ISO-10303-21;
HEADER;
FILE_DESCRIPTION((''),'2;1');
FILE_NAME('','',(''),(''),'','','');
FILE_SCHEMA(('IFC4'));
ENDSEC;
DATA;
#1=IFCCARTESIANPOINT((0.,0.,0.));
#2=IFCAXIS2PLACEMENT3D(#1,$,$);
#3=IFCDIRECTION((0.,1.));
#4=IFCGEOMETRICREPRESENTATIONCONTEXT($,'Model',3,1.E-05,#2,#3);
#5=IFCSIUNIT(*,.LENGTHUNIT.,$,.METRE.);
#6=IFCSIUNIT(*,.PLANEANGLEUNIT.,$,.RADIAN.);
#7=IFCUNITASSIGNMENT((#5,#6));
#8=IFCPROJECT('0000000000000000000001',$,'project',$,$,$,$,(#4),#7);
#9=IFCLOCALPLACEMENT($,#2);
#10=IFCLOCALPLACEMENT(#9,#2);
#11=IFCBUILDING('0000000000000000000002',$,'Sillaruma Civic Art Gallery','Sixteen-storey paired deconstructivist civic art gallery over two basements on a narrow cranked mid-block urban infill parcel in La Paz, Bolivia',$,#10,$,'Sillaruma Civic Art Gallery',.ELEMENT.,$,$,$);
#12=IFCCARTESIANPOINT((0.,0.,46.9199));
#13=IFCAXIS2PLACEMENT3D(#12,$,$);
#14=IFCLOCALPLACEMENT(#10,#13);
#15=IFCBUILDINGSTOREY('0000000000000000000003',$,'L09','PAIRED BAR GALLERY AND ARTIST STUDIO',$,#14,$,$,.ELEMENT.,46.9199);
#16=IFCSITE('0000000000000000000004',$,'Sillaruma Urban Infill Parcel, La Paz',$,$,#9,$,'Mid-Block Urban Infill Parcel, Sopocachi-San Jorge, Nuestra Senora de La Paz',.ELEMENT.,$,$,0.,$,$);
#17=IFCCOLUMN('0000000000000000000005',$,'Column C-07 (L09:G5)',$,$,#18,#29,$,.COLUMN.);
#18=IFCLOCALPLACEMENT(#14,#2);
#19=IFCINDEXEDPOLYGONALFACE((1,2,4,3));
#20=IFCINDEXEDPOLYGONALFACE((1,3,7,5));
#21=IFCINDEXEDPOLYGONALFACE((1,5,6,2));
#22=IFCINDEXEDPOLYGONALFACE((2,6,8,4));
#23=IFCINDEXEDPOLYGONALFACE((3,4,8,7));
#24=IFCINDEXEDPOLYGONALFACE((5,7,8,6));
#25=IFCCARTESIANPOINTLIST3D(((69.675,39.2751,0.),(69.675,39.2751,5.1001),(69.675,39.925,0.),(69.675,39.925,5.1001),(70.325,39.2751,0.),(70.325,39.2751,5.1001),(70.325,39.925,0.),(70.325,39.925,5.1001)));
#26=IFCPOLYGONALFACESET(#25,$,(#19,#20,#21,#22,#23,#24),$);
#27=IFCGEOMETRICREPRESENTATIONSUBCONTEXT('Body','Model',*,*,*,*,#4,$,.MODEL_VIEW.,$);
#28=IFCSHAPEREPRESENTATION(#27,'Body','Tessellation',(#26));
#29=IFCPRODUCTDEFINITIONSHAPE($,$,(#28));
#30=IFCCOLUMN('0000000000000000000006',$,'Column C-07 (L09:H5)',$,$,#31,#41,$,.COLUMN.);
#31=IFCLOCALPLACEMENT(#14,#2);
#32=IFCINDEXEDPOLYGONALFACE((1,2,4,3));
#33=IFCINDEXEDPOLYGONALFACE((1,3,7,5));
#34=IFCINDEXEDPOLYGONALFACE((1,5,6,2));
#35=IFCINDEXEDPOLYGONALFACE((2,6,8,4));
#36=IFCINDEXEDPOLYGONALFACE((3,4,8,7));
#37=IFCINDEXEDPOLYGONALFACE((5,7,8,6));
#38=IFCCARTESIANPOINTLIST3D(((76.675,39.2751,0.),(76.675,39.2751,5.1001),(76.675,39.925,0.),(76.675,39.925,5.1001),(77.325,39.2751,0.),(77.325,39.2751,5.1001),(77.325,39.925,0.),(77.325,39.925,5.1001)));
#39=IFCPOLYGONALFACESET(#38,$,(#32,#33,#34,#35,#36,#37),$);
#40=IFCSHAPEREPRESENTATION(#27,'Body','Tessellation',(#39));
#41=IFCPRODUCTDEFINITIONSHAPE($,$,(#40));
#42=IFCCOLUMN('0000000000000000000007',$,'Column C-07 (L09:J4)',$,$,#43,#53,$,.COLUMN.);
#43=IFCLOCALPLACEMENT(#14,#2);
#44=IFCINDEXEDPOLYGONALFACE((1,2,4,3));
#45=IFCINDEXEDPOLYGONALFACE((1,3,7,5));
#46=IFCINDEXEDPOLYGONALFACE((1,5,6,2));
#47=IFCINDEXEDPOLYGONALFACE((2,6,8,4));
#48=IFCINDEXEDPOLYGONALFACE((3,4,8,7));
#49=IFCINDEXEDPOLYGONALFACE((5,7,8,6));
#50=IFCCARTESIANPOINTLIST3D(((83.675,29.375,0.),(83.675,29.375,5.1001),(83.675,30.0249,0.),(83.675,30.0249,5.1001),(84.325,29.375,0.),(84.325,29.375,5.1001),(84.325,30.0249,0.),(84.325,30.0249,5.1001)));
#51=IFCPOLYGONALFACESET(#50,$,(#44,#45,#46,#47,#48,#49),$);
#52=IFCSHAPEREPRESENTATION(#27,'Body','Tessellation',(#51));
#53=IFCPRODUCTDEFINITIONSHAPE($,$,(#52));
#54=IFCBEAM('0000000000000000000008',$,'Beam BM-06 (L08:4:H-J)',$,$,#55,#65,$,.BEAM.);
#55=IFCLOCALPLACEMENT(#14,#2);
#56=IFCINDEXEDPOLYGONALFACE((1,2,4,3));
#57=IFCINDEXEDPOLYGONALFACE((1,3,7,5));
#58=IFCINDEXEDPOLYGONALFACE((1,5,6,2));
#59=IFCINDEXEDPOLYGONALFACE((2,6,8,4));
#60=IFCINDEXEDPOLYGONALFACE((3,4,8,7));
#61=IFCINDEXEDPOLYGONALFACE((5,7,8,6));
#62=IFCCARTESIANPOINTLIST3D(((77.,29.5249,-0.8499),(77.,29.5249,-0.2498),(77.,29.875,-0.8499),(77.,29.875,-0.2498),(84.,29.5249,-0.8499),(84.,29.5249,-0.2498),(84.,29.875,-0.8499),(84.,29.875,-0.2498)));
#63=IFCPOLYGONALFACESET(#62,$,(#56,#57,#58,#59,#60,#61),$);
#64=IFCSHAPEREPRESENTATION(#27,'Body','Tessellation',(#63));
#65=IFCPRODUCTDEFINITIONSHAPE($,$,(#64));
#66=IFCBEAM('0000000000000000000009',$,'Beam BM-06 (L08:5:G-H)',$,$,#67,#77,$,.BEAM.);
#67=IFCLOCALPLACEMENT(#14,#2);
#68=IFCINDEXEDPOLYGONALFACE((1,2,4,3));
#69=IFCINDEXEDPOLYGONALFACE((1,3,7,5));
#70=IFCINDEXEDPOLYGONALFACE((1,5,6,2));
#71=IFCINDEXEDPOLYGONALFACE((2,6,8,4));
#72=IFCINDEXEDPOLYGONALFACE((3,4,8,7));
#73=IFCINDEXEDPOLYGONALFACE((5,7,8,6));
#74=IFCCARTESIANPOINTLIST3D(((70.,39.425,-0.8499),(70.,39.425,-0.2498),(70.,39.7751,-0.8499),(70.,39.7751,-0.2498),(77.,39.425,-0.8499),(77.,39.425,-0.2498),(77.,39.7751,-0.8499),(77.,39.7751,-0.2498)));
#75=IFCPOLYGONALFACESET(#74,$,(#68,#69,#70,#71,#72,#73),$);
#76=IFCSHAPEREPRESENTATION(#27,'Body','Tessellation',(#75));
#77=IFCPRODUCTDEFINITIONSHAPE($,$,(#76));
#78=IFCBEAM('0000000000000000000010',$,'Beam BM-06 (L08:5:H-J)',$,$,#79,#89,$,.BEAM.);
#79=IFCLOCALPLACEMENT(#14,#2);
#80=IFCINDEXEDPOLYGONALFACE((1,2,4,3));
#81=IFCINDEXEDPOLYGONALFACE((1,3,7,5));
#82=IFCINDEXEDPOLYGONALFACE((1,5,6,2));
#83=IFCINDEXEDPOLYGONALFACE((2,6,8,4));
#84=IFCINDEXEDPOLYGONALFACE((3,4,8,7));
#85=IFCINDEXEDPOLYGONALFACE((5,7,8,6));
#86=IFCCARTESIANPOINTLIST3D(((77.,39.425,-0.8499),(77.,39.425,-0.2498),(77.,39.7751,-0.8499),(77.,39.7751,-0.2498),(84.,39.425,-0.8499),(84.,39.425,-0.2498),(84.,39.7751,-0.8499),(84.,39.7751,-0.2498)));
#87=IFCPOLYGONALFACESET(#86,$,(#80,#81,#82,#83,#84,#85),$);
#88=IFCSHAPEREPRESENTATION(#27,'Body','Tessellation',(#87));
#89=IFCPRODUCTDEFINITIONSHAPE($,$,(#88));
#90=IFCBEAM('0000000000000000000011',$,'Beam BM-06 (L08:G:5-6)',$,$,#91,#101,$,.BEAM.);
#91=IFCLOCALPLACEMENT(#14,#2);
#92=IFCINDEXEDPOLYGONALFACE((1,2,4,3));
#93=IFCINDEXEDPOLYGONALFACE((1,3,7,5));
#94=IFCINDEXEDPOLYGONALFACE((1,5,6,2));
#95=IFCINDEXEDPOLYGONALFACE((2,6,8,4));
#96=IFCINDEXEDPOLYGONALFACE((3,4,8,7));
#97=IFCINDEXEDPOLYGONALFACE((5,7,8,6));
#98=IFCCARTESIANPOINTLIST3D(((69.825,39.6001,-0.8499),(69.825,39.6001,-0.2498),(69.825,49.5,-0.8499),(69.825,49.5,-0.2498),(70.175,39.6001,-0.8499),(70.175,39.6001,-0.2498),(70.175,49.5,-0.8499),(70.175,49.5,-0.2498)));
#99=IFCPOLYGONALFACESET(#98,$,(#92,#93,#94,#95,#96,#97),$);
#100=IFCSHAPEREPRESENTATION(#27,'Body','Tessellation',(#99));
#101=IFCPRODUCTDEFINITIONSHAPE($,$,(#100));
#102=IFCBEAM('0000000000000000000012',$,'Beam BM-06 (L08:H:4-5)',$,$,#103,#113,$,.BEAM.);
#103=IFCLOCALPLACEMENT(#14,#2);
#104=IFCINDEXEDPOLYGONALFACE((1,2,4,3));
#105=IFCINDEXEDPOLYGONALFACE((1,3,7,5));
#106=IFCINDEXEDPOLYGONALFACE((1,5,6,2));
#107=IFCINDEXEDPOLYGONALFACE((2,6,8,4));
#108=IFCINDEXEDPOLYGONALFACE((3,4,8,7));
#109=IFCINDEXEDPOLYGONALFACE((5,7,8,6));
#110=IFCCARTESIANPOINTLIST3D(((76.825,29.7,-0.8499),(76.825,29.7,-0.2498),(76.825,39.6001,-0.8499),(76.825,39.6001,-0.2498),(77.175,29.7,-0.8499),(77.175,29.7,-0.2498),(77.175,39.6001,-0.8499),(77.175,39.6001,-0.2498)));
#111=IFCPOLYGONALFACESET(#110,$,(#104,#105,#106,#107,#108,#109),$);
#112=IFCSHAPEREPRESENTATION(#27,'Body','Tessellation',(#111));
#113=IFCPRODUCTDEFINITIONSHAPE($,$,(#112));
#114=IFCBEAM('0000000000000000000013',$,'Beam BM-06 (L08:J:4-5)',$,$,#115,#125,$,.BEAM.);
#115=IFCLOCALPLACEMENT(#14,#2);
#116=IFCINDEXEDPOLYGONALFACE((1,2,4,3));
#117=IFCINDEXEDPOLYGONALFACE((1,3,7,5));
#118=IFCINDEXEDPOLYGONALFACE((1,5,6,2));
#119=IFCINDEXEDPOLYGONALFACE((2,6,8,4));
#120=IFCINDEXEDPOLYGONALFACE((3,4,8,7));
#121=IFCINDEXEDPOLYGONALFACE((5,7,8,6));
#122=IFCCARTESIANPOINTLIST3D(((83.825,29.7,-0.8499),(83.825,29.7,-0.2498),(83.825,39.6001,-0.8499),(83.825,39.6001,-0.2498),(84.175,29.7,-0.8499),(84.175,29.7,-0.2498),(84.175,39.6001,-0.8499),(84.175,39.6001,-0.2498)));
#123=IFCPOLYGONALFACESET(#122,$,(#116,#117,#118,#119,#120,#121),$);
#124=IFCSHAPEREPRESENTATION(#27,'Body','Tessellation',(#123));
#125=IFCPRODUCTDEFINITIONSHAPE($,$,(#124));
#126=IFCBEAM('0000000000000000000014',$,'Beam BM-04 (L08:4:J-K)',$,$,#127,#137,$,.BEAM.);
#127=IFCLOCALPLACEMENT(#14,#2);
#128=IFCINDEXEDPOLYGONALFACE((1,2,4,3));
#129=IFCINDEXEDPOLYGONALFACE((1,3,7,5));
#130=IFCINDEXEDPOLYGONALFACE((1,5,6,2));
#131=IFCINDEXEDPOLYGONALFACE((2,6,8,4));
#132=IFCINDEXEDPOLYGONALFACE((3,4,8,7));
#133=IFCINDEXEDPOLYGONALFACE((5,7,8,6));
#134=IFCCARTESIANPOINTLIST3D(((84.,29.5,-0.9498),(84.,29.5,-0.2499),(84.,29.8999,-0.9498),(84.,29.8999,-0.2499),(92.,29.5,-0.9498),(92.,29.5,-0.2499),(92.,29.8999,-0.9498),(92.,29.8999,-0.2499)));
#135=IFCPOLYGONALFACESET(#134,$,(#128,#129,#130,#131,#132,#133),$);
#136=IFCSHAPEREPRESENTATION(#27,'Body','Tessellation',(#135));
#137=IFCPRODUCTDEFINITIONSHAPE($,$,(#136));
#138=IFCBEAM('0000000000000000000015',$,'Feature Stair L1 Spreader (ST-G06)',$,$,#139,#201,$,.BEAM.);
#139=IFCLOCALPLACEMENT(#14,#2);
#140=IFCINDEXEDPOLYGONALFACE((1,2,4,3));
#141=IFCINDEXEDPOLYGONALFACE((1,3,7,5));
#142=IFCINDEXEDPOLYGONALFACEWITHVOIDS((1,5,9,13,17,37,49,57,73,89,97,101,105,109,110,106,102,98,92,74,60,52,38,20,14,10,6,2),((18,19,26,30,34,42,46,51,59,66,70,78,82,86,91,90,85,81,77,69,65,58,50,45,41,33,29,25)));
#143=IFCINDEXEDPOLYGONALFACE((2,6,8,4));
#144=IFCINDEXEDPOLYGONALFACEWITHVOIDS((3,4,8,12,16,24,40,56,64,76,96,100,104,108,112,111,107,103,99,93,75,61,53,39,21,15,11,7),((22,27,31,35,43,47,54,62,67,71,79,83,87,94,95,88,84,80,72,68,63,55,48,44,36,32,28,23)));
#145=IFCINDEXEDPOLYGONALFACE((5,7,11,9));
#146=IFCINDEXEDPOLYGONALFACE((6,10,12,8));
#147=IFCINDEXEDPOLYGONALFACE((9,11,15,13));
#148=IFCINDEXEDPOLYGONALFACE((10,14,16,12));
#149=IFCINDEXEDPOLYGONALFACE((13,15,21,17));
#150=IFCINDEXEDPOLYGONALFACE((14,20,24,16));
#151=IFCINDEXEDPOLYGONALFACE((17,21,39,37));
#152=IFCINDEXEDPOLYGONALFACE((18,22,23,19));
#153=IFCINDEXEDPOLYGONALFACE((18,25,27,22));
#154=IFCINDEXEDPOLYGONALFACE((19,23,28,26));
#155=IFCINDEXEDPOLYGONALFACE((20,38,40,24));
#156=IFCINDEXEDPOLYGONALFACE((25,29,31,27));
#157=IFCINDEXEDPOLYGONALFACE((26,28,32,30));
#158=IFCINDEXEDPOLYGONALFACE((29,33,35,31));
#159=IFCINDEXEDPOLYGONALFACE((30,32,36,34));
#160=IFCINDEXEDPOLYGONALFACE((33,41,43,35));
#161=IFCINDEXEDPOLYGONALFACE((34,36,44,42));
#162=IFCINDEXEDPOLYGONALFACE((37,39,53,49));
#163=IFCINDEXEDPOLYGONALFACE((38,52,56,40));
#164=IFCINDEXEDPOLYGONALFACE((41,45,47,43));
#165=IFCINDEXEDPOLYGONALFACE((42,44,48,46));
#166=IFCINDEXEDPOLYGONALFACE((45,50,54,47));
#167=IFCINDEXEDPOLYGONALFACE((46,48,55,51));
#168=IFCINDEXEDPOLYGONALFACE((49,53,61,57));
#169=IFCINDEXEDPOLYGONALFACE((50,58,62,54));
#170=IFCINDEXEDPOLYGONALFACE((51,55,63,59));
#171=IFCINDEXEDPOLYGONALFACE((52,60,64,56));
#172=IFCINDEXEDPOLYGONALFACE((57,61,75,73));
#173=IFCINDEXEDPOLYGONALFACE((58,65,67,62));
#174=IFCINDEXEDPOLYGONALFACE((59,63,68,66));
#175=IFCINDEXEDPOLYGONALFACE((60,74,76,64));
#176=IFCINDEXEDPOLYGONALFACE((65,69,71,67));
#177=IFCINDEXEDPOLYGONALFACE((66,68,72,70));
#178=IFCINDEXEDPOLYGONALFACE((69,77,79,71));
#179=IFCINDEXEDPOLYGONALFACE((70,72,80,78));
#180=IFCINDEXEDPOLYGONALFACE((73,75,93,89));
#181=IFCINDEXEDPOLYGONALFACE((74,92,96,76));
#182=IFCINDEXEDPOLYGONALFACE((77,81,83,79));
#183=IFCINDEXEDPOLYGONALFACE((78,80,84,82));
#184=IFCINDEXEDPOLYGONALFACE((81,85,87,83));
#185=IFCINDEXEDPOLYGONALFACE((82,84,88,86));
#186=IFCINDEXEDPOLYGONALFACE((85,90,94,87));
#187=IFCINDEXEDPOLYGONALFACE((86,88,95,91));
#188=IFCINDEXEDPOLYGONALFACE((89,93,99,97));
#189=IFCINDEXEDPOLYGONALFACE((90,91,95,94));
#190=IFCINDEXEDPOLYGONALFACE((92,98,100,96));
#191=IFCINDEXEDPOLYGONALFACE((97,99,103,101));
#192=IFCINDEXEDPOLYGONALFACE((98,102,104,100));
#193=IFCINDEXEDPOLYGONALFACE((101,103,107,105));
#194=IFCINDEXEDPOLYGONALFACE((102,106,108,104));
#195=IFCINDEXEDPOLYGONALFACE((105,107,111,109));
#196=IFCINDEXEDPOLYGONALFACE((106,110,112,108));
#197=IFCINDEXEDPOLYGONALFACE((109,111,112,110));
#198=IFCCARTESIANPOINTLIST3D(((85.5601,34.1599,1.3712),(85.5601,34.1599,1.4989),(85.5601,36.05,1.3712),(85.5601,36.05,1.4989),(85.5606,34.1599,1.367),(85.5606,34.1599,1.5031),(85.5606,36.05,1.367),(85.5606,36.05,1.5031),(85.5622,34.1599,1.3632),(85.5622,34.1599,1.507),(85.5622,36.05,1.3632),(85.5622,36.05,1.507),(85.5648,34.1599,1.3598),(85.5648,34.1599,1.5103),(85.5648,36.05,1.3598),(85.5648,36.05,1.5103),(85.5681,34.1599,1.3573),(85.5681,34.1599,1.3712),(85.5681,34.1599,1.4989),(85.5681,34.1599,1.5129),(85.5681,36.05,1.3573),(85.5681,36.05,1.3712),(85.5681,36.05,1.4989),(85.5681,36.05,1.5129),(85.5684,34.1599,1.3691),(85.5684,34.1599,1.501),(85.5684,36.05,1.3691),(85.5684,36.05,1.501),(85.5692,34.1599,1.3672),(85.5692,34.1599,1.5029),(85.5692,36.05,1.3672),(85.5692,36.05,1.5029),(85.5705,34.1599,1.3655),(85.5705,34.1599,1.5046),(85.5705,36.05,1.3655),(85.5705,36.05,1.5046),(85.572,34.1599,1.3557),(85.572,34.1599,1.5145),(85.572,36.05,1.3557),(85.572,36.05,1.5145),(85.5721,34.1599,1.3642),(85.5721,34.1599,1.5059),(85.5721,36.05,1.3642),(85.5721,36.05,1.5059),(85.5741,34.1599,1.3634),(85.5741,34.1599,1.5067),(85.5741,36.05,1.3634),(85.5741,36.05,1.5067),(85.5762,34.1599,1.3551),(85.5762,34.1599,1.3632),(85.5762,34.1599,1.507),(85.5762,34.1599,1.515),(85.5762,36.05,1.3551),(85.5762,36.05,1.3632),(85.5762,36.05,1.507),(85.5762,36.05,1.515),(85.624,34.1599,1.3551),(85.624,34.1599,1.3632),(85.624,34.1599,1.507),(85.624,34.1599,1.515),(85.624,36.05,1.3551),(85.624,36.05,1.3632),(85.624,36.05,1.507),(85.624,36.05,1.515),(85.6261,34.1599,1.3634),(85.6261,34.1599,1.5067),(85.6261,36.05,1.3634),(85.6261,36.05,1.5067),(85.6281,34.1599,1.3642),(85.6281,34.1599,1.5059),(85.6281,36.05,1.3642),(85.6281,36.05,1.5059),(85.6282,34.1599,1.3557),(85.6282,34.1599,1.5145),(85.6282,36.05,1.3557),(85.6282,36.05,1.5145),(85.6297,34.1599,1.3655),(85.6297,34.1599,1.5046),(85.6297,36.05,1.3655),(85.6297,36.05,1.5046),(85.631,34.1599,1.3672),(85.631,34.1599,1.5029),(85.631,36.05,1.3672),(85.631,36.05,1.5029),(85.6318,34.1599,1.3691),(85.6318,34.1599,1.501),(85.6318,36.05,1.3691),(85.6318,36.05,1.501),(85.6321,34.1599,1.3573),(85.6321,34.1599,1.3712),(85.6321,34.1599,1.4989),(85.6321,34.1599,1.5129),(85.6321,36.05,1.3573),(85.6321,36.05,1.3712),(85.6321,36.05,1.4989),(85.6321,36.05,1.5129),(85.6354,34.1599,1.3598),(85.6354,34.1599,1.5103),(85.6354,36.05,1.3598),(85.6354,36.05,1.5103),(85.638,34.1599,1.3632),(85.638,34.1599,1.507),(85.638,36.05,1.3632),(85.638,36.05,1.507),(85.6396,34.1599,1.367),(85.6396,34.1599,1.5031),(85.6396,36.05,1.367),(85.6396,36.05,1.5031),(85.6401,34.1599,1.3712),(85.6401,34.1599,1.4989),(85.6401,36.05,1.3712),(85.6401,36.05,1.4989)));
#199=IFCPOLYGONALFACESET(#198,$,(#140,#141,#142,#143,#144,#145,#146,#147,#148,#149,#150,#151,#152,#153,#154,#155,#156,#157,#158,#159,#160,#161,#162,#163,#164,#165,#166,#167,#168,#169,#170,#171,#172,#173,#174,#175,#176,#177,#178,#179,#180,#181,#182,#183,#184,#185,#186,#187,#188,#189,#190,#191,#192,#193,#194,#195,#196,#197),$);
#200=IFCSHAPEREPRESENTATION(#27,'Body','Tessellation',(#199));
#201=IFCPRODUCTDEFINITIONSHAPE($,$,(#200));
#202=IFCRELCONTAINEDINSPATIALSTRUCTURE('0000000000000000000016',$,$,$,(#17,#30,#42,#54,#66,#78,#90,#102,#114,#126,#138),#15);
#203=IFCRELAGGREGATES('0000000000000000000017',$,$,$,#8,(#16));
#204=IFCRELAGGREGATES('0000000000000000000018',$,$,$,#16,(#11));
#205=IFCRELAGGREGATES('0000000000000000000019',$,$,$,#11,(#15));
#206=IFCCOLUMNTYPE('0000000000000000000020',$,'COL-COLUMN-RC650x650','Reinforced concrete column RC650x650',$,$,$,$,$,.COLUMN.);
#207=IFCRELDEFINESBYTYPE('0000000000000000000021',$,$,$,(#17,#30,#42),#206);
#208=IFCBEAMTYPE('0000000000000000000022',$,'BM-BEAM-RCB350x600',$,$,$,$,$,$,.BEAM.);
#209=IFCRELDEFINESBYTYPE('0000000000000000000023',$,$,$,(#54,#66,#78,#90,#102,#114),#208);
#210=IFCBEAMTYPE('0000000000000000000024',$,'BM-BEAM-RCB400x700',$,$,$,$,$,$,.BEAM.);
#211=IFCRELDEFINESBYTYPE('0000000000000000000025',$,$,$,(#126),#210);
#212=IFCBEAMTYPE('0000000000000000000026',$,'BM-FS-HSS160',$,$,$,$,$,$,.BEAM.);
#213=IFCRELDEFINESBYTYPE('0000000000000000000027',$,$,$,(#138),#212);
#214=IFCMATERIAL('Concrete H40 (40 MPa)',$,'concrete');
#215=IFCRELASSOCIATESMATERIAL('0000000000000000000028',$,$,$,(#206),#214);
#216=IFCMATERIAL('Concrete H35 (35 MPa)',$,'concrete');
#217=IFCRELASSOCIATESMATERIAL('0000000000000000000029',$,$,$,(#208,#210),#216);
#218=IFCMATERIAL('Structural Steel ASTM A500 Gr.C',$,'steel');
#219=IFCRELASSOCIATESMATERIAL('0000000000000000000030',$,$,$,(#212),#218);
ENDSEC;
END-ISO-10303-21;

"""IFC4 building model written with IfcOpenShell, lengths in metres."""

from ifc_helpers import new_model, si_unit, direction, frame, origin, origin_2d, place, context, subcontext, project, spatial, rectangle, hollow_rectangle, extrude, material, material_profile, profile_set, type_object, element, save


model = new_model("IFC4")

# Units and contexts
model_context = context("Model", 3, precision=1e-05, world=origin(), true_north=direction((0.0, 1.0)))
body_context = subcontext(model_context, "Body", "Model", "MODEL_VIEW")
ifc_project = project(units=[si_unit("LENGTHUNIT", "METRE"), si_unit("PLANEANGLEUNIT", "RADIAN")], contexts=[model_context])

# Site, building, storey
site_placement = place(None, origin())
site = spatial("IfcSite", under=ifc_project, at=site_placement, Name="Sillaruma Urban Infill Parcel, La Paz", LongName="Mid-Block Urban Infill Parcel, Sopocachi-San Jorge, Nuestra Senora de La Paz", CompositionType="ELEMENT", RefElevation=0.0)
building_placement = place(site_placement, origin())
building = spatial("IfcBuilding", under=site, at=building_placement, Name="Sillaruma Civic Art Gallery", Description="Sixteen-storey paired deconstructivist civic art gallery over two basements on a narrow cranked mid-block urban infill parcel in La Paz, Bolivia", LongName="Sillaruma Civic Art Gallery", CompositionType="ELEMENT")
storey_placement = place(building_placement, frame((0.0, 0.0, 46.9199)))
storey = spatial("IfcBuildingStorey", under=building, at=storey_placement, Name="L09", Description="PAIRED BAR GALLERY AND ARTIST STUDIO", CompositionType="ELEMENT", Elevation=46.9199)

# Columns
ifc_material_1 = material(Name="Concrete H40 (40 MPa)", Category="concrete")
ifc_material_profile_1 = material_profile(ifc_material_1, rectangle(XDim=0.6499, YDim=0.6499, at=origin_2d()), Name="RC650x650")
ifc_profile_set_1 = profile_set([ifc_material_profile_1], Name="Concrete H40 (40 MPa)")
column_type = type_object("IfcColumnType", Name="COL-COLUMN-RC650x650", Description="Reinforced concrete column RC650x650", PredefinedType="COLUMN", material=ifc_profile_set_1)
for number, where, z_axis, x_axis, name in (
    (1, (70.0, 39.6001, 0.0), (0.0, 0.0, 1.0), (1.0, 0.0, 0.0), "Column C-07 (L09:G5)"),
    (2, (77.0, 39.6001, 0.0), (0.0, 0.0, 1.0), (1.0, 0.0, 0.0), "Column C-07 (L09:H5)"),
    (3, (84.0, 29.7, 0.0), (0.0, 0.0, 1.0), (1.0, 0.0, 0.0), "Column C-07 (L09:J4)"),
):
    element("IfcColumn", number, at=place(storey_placement, frame(where, z_axis=z_axis, x_axis=x_axis)), inside=storey, type_object=column_type, Name=name, PredefinedType="COLUMN", context=body_context, shape_type="SweptSolid", body=[
        extrude(rectangle(XDim=0.6499, YDim=0.6499, at=origin_2d()), origin(), (0.0, 0.0, 1.0), 5.1001),
    ])

# Beams
ifc_material_2 = material(Name="Concrete H35 (35 MPa)", Category="concrete")
ifc_material_profile_2 = material_profile(ifc_material_2, rectangle(XDim=0.3501, YDim=0.6001, at=origin_2d()), Name="RCB350x600")
ifc_profile_set_2 = profile_set([ifc_material_profile_2], Name="Concrete H35 (35 MPa)")
beam_type_1 = type_object("IfcBeamType", Name="BM-BEAM-RCB350x600", PredefinedType="BEAM", material=ifc_profile_set_2)
for number, where, z_axis, x_axis, name in (
    (4, (77.0, 29.7, -0.5498), (1.0, 0.0, 0.0), (0.0, 1.0, 0.0), "Beam BM-06 (L08:4:H-J)"),
    (5, (70.0, 39.6001, -0.5498), (1.0, 0.0, 0.0), (0.0, 1.0, 0.0), "Beam BM-06 (L08:5:G-H)"),
    (6, (77.0, 39.6001, -0.5498), (1.0, 0.0, 0.0), (0.0, 1.0, 0.0), "Beam BM-06 (L08:5:H-J)"),
):
    element("IfcBeam", number, at=place(storey_placement, frame(where, z_axis=z_axis, x_axis=x_axis)), inside=storey, type_object=beam_type_1, Name=name, PredefinedType="BEAM", context=body_context, shape_type="SweptSolid", body=[
        extrude(rectangle(XDim=0.3501, YDim=0.6001, at=origin_2d()), origin(), (0.0, 0.0, 1.0), 7.0),
    ])
beam_1_placement = place(storey_placement, frame((70.0, 39.6001, -0.5498), z_axis=(0.0, 1.0, 0.0), x_axis=(-1.0, 0.0, 0.0)))
element("IfcBeam", 7, at=beam_1_placement, inside=storey, type_object=beam_type_1, Name="Beam BM-06 (L08:G:5-6)", PredefinedType="BEAM", context=body_context, shape_type="SweptSolid", body=[
    extrude(rectangle(XDim=0.3501, YDim=0.6001, at=origin_2d()), origin(), (0.0, 0.0, 1.0), 9.8999),
])
for number, where, z_axis, x_axis, name in (
    (8, (77.0, 29.7, -0.5498), (0.0, 1.0, 0.0), (-1.0, 0.0, 0.0), "Beam BM-06 (L08:H:4-5)"),
    (9, (84.0, 29.7, -0.5498), (0.0, 1.0, 0.0), (-1.0, 0.0, 0.0), "Beam BM-06 (L08:J:4-5)"),
):
    element("IfcBeam", number, at=place(storey_placement, frame(where, z_axis=z_axis, x_axis=x_axis)), inside=storey, type_object=beam_type_1, Name=name, PredefinedType="BEAM", context=body_context, shape_type="SweptSolid", body=[
        extrude(rectangle(XDim=0.3501, YDim=0.6001, at=origin_2d()), origin(), (0.0, 0.0, 1.0), 9.9001),
    ])
ifc_material_profile_3 = material_profile(ifc_material_2, rectangle(XDim=0.3999, YDim=0.7, at=origin_2d()), Name="RCB400x700")
ifc_profile_set_3 = profile_set([ifc_material_profile_3], Name="Concrete H35 (35 MPa)")
beam_type_2 = type_object("IfcBeamType", Name="BM-BEAM-RCB400x700", PredefinedType="BEAM", material=ifc_profile_set_3)
beam_2_placement = place(storey_placement, frame((84.0, 29.7, -0.5999), z_axis=(1.0, 0.0, 0.0), x_axis=(0.0, 1.0, 0.0)))
element("IfcBeam", 10, at=beam_2_placement, inside=storey, type_object=beam_type_2, Name="Beam BM-04 (L08:4:J-K)", PredefinedType="BEAM", context=body_context, shape_type="SweptSolid", body=[
    extrude(rectangle(XDim=0.3999, YDim=0.7, at=origin_2d()), origin(), (0.0, 0.0, 1.0), 8.0),
])
ifc_material_3 = material(Name="Structural Steel ASTM A500 Gr.C", Category="steel")
ifc_material_profile_4 = material_profile(ifc_material_3, hollow_rectangle(XDim=0.0801, YDim=0.1599, WallThickness=0.0081, InnerFilletRadius=0.0081, OuterFilletRadius=0.0161, at=origin_2d()), Name="HSS160x80x8")
ifc_profile_set_4 = profile_set([ifc_material_profile_4], Name="Structural Steel ASTM A500 Gr.C")
beam_type_3 = type_object("IfcBeamType", Name="BM-FS-HSS160", PredefinedType="BEAM", material=ifc_profile_set_4)
beam_3_placement = place(storey_placement, frame((85.6001, 34.1599, 1.4351), z_axis=(0.0, 1.0, 0.0), x_axis=(-1.0, 0.0, 0.0)))
element("IfcBeam", 11, at=beam_3_placement, inside=storey, type_object=beam_type_3, Name="Feature Stair L1 Spreader (ST-G06)", PredefinedType="BEAM", context=body_context, shape_type="SweptSolid", body=[
    extrude(hollow_rectangle(XDim=0.0801, YDim=0.1599, WallThickness=0.0081, InnerFilletRadius=0.0081, OuterFilletRadius=0.0161, at=origin_2d()), origin(), (0.0, 0.0, 1.0), 1.8901),
])

save(model, "model.ifc")
